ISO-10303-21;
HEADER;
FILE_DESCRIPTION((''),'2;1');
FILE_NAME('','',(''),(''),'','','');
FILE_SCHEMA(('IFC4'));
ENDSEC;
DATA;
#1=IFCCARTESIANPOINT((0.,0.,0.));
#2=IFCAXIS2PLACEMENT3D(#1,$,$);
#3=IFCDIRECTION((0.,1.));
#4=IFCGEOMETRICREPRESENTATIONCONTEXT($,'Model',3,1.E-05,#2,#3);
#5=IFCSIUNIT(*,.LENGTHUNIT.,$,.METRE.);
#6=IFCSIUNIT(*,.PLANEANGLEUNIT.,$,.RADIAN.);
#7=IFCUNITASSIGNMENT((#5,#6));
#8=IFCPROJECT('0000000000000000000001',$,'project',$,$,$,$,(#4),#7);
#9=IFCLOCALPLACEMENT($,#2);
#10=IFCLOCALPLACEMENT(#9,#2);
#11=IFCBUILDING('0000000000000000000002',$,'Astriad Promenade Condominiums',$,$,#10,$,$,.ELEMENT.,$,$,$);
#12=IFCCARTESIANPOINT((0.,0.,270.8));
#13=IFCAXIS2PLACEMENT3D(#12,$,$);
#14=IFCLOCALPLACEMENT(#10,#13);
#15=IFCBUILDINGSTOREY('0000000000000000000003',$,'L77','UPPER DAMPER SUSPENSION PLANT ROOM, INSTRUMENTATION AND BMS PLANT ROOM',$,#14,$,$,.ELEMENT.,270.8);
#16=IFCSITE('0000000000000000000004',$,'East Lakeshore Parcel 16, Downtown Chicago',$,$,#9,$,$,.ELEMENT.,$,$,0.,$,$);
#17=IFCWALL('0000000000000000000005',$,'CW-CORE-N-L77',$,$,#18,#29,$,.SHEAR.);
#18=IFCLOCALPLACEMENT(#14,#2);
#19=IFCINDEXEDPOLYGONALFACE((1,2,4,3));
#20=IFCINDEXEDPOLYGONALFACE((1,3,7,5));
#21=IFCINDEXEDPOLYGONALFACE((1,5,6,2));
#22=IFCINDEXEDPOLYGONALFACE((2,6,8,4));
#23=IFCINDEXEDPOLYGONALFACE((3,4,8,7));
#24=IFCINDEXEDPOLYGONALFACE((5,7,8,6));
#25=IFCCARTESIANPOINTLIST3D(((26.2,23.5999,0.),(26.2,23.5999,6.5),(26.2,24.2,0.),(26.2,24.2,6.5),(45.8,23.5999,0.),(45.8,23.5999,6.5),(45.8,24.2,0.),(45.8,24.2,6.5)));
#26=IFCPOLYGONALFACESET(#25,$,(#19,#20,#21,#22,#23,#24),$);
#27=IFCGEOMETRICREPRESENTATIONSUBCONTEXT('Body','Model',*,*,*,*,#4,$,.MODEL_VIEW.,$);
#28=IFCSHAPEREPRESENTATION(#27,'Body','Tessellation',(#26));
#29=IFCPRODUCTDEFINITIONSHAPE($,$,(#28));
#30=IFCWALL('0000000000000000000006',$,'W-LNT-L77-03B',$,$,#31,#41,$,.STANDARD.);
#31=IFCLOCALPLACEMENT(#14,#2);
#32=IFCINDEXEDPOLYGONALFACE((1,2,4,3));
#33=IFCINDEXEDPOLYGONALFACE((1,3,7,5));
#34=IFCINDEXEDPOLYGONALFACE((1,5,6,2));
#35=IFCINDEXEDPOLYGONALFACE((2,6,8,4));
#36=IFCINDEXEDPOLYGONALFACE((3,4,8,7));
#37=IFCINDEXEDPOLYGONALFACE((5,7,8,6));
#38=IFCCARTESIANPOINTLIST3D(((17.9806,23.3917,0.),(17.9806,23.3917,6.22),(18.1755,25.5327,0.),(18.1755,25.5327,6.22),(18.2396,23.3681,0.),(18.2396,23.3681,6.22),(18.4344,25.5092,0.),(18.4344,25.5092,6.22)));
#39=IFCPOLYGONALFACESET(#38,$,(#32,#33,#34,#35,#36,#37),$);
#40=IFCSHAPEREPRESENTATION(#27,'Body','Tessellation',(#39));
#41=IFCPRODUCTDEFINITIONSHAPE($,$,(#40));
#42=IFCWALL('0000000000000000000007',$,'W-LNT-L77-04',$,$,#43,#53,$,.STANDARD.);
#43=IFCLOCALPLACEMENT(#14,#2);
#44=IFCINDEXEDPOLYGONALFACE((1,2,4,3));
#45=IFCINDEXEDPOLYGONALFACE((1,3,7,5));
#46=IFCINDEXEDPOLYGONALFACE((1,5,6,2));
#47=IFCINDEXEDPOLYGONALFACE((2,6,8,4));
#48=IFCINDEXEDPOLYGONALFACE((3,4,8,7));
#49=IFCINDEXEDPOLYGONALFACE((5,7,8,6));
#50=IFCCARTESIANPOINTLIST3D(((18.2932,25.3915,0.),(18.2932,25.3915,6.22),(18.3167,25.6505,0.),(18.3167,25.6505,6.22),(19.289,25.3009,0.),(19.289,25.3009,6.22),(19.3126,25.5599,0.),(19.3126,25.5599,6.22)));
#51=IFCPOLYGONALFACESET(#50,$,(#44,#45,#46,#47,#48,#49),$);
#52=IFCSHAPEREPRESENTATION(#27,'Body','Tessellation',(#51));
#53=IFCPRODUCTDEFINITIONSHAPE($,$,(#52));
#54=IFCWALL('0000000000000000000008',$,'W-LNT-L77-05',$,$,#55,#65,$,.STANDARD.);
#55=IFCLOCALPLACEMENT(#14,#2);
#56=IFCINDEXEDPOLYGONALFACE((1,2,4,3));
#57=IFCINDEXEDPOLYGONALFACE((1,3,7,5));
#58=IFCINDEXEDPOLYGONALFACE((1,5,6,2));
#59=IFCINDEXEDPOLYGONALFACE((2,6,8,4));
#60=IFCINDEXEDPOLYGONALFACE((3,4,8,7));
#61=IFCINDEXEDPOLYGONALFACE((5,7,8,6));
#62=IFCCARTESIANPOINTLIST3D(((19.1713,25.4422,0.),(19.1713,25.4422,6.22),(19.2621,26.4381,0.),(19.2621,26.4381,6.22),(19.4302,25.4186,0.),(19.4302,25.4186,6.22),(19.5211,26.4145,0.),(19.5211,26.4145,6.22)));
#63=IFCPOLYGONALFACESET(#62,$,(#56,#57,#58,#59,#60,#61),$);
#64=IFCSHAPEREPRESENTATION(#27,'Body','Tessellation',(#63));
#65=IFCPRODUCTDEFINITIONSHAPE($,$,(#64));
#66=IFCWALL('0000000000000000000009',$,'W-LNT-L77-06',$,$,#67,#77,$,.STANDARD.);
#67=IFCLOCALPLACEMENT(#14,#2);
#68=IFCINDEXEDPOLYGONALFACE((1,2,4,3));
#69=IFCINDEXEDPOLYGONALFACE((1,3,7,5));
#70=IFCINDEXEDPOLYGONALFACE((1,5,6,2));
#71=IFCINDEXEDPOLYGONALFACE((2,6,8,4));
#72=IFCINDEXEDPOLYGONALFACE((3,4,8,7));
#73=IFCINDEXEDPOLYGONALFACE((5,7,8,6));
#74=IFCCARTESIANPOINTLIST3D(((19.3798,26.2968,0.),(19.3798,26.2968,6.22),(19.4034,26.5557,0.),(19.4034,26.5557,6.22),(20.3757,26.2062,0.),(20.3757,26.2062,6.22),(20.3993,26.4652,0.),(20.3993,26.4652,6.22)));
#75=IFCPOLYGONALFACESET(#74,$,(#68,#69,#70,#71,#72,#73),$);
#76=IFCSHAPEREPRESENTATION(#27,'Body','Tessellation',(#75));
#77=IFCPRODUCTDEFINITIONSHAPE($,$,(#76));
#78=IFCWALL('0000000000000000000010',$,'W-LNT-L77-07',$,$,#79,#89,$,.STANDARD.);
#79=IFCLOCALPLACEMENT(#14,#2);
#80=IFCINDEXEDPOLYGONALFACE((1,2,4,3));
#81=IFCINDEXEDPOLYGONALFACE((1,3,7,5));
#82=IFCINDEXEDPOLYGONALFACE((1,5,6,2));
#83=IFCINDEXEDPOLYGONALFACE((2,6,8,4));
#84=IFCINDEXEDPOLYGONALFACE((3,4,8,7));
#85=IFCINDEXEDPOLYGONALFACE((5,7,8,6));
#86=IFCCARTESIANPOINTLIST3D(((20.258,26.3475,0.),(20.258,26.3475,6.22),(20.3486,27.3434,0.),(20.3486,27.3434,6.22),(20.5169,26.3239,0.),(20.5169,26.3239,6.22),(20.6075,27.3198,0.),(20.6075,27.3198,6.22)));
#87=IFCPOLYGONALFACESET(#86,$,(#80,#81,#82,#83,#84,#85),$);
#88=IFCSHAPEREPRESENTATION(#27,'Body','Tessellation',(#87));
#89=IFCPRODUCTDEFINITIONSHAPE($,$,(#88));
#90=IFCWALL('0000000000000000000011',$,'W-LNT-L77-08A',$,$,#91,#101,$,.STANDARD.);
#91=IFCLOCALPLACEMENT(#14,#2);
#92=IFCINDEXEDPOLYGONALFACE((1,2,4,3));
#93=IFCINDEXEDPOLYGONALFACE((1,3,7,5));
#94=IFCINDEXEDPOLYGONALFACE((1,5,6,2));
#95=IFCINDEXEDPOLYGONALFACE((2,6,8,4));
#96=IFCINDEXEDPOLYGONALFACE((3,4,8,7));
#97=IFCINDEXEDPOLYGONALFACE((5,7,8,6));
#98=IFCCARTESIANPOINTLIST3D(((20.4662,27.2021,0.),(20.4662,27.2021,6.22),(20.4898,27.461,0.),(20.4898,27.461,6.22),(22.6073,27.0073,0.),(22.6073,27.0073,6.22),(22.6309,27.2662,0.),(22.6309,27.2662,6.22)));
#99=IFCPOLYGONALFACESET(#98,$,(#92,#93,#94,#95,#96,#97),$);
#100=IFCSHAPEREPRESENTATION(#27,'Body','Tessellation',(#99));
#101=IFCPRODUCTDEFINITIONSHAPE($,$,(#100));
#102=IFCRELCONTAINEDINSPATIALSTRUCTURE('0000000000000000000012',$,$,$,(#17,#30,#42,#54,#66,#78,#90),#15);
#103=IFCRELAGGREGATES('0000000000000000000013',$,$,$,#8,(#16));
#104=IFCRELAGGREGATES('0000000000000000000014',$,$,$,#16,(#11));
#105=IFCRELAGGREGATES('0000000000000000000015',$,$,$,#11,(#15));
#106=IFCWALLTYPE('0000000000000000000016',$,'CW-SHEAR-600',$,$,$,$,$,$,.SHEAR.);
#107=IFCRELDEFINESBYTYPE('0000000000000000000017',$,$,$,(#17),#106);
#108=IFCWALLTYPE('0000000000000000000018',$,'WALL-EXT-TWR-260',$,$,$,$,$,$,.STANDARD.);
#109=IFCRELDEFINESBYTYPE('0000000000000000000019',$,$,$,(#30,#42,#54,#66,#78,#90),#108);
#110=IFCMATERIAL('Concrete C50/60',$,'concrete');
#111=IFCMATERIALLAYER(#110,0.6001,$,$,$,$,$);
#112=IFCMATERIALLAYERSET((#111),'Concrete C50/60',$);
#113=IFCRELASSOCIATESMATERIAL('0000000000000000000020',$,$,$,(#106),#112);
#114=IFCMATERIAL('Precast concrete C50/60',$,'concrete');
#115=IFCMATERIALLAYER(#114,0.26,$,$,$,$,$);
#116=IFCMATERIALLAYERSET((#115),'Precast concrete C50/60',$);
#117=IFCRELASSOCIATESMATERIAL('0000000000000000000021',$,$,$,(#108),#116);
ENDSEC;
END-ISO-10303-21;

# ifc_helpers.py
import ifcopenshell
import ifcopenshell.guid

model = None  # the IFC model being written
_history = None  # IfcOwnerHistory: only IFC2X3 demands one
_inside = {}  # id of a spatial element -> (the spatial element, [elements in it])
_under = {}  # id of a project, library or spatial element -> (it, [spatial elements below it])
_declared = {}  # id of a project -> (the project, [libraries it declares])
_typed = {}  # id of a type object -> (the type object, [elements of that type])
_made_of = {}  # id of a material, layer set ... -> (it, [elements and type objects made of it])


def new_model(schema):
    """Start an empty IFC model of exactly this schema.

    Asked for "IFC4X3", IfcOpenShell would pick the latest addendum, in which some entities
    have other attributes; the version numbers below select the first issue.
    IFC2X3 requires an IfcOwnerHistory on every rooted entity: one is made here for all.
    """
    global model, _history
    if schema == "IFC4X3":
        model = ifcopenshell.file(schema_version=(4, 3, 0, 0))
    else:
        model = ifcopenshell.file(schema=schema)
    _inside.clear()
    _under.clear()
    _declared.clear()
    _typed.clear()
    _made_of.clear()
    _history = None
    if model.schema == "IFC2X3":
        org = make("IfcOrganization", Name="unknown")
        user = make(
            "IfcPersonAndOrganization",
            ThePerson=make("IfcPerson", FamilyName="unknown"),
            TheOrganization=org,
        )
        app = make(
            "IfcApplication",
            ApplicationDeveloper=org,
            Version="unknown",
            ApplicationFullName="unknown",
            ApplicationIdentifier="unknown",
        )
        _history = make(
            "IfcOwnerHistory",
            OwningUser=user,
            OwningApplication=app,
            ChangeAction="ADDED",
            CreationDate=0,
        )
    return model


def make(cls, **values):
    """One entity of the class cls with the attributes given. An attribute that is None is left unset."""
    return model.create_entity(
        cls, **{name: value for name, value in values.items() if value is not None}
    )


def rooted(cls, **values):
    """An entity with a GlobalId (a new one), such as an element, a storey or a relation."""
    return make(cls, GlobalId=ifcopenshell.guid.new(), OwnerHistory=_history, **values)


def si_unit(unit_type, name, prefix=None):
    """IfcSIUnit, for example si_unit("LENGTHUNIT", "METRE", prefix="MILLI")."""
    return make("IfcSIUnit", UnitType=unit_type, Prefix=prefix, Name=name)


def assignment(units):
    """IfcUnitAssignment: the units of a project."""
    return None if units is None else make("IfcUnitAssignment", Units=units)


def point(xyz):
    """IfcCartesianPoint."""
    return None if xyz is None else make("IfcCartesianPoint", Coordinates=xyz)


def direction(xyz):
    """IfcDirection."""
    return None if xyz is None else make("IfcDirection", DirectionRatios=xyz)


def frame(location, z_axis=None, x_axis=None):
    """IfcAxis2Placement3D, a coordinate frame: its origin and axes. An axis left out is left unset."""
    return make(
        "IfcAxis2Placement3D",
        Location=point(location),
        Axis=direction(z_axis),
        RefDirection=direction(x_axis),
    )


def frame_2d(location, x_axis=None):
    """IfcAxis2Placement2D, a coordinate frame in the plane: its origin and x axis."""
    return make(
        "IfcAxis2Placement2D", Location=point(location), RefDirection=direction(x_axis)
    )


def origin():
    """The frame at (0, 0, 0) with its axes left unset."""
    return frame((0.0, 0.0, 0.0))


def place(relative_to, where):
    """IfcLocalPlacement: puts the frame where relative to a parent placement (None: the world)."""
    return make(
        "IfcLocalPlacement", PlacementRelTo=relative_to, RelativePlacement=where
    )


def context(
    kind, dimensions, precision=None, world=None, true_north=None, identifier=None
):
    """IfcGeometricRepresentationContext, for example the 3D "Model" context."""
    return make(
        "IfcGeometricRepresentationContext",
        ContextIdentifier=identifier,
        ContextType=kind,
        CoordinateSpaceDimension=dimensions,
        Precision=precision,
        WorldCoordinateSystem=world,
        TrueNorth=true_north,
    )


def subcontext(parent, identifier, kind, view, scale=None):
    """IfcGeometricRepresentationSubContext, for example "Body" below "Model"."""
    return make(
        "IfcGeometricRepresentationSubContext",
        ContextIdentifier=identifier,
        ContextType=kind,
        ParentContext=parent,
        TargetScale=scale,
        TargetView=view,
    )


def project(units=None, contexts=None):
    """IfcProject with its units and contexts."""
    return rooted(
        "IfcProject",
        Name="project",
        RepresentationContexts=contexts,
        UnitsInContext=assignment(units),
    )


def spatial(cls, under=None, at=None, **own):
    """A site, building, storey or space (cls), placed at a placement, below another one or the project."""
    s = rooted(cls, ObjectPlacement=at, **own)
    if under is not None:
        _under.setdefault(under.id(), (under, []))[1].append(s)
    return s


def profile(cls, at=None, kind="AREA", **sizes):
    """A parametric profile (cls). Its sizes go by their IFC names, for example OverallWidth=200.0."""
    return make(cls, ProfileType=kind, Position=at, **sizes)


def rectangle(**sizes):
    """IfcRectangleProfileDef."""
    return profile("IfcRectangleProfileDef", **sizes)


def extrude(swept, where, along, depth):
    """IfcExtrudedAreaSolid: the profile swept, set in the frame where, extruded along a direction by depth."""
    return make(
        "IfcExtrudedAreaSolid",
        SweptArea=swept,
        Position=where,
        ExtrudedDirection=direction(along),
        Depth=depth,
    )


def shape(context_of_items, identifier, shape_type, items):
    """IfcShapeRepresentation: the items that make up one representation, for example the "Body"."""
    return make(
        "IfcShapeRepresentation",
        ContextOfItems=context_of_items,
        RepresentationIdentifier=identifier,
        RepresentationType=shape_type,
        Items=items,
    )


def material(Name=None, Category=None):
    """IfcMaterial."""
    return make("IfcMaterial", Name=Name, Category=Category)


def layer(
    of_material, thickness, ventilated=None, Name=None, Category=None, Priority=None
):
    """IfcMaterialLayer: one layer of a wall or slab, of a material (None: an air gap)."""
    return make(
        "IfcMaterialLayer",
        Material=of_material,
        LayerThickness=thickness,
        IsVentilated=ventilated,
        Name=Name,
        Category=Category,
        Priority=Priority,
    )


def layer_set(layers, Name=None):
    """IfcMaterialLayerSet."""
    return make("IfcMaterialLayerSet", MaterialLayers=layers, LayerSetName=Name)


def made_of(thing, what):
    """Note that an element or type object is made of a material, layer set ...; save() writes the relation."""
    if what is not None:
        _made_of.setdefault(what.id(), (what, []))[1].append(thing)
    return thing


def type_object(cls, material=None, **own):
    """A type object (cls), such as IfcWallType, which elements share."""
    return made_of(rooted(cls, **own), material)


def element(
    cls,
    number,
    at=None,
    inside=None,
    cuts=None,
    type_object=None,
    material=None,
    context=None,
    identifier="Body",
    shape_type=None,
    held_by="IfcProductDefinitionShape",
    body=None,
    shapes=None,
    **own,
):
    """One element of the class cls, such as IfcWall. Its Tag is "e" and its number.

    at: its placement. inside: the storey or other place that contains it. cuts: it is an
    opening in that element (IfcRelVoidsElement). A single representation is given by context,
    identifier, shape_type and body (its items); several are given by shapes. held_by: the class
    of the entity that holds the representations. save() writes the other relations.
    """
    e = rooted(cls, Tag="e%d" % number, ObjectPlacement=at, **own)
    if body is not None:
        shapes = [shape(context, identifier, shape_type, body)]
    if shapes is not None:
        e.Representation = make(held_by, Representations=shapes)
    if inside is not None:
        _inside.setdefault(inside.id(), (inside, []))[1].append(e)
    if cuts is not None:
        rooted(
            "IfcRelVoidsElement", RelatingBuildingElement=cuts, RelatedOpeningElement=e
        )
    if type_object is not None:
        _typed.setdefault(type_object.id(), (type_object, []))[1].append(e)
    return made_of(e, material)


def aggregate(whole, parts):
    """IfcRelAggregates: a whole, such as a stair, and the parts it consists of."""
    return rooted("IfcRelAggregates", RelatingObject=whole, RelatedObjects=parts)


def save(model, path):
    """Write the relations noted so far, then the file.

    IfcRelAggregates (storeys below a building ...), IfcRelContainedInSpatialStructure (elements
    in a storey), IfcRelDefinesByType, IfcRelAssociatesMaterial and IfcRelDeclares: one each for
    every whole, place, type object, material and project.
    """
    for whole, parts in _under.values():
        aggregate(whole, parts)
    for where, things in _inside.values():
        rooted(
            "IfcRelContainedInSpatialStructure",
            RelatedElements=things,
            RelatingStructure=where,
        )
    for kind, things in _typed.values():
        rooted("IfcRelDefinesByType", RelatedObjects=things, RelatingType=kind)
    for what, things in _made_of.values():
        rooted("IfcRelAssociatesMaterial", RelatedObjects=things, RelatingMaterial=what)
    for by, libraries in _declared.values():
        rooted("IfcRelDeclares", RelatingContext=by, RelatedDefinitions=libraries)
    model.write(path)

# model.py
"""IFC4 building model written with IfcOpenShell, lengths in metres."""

from ifc_helpers import new_model, si_unit, direction, frame, frame_2d, origin, place, context, subcontext, project, spatial, rectangle, extrude, material, layer, layer_set, type_object, element, save


model = new_model("IFC4")

# Units and contexts
model_context = context("Model", 3, precision=1e-05, world=origin(), true_north=direction((0.0, 1.0)))
body_context = subcontext(model_context, "Body", "Model", "MODEL_VIEW")
ifc_project = project(units=[si_unit("LENGTHUNIT", "METRE"), si_unit("PLANEANGLEUNIT", "RADIAN")], contexts=[model_context])

# Site, building, storey
site_placement = place(None, origin())
site = spatial("IfcSite", under=ifc_project, at=site_placement, Name="East Lakeshore Parcel 16, Downtown Chicago", CompositionType="ELEMENT", RefElevation=0.0)
building_placement = place(site_placement, origin())
building = spatial("IfcBuilding", under=site, at=building_placement, Name="Astriad Promenade Condominiums", CompositionType="ELEMENT")
storey_placement = place(building_placement, frame((0.0, 0.0, 270.8)))
storey = spatial("IfcBuildingStorey", under=building, at=storey_placement, Name="L77", Description="UPPER DAMPER SUSPENSION PLANT ROOM, INSTRUMENTATION AND BMS PLANT ROOM", CompositionType="ELEMENT", Elevation=270.8)

# Shared definitions
ifc_material_1 = material(Name="Concrete C50/60", Category="concrete")
ifc_layer_1 = layer(ifc_material_1, 0.6001)
ifc_layer_set_1 = layer_set([ifc_layer_1], Name="Concrete C50/60")
wall_type_1 = type_object("IfcWallType", Name="CW-SHEAR-600", PredefinedType="SHEAR", material=ifc_layer_set_1)

# Walls
wall_1_placement = place(storey_placement, frame((26.2, 23.8999, 0.0), z_axis=(0.0, 0.0, 1.0), x_axis=(1.0, 0.0, 0.0)))
element("IfcWall", 1, at=wall_1_placement, inside=storey, type_object=wall_type_1, Name="CW-CORE-N-L77", PredefinedType="SHEAR", context=body_context, shape_type="SweptSolid", body=[
    extrude(rectangle(XDim=19.6001, YDim=0.6001, at=frame_2d((9.8, 0.0))), origin(), (0.0, 0.0, 1.0), 6.5),
])
ifc_material_2 = material(Name="Precast concrete C50/60", Category="concrete")
ifc_layer_2 = layer(ifc_material_2, 0.26)
ifc_layer_set_2 = layer_set([ifc_layer_2], Name="Precast concrete C50/60")
wall_type_2 = type_object("IfcWallType", Name="WALL-EXT-TWR-260", PredefinedType="STANDARD", material=ifc_layer_set_2)
wall_2_placement = place(storey_placement, frame((18.1101, 23.3799, 0.0), z_axis=(0.0, 0.0, 1.0), x_axis=(0.090618, 0.995886, 0.0)))
element("IfcWall", 2, at=wall_2_placement, inside=storey, type_object=wall_type_2, Name="W-LNT-L77-03B", PredefinedType="STANDARD", context=body_context, shape_type="SweptSolid", body=[
    extrude(rectangle(XDim=2.1499, YDim=0.26, at=frame_2d((1.075, 0.0))), origin(), (0.0, 0.0, 1.0), 6.22),
])
for number, where, z_axis, x_axis, name in (
    (3, (18.3049, 25.521, 0.0), (0.0, 0.0, 1.0), (0.995889, -0.09058, 0.0), "W-LNT-L77-04"),
    (4, (19.3008, 25.4304, 0.0), (0.0, 0.0, 1.0), (0.090822, 0.995867, 0.0), "W-LNT-L77-05"),
    (5, (19.3916, 26.4263, 0.0), (0.0, 0.0, 1.0), (0.995889, -0.09058, 0.0), "W-LNT-L77-06"),
    (6, (20.3875, 26.3357, 0.0), (0.0, 0.0, 1.0), (0.09058, 0.995889, 0.0), "W-LNT-L77-07"),
):
    element("IfcWall", number, at=place(storey_placement, frame(where, z_axis=z_axis, x_axis=x_axis)), inside=storey, type_object=wall_type_2, Name=name, PredefinedType="STANDARD", context=body_context, shape_type="SweptSolid", body=[
        extrude(rectangle(XDim=1.0, YDim=0.26, at=frame_2d((0.5, 0.0))), origin(), (0.0, 0.0, 1.0), 6.22),
    ])
wall_3_placement = place(storey_placement, frame((20.478, 27.3315, 0.0), z_axis=(0.0, 0.0, 1.0), x_axis=(0.995886, -0.090618, 0.0)))
element("IfcWall", 7, at=wall_3_placement, inside=storey, type_object=wall_type_2, Name="W-LNT-L77-08A", PredefinedType="STANDARD", context=body_context, shape_type="SweptSolid", body=[
    extrude(rectangle(XDim=2.1499, YDim=0.26, at=frame_2d((1.075, 0.0))), origin(), (0.0, 0.0, 1.0), 6.22),
])

save(model, "model.ifc")
